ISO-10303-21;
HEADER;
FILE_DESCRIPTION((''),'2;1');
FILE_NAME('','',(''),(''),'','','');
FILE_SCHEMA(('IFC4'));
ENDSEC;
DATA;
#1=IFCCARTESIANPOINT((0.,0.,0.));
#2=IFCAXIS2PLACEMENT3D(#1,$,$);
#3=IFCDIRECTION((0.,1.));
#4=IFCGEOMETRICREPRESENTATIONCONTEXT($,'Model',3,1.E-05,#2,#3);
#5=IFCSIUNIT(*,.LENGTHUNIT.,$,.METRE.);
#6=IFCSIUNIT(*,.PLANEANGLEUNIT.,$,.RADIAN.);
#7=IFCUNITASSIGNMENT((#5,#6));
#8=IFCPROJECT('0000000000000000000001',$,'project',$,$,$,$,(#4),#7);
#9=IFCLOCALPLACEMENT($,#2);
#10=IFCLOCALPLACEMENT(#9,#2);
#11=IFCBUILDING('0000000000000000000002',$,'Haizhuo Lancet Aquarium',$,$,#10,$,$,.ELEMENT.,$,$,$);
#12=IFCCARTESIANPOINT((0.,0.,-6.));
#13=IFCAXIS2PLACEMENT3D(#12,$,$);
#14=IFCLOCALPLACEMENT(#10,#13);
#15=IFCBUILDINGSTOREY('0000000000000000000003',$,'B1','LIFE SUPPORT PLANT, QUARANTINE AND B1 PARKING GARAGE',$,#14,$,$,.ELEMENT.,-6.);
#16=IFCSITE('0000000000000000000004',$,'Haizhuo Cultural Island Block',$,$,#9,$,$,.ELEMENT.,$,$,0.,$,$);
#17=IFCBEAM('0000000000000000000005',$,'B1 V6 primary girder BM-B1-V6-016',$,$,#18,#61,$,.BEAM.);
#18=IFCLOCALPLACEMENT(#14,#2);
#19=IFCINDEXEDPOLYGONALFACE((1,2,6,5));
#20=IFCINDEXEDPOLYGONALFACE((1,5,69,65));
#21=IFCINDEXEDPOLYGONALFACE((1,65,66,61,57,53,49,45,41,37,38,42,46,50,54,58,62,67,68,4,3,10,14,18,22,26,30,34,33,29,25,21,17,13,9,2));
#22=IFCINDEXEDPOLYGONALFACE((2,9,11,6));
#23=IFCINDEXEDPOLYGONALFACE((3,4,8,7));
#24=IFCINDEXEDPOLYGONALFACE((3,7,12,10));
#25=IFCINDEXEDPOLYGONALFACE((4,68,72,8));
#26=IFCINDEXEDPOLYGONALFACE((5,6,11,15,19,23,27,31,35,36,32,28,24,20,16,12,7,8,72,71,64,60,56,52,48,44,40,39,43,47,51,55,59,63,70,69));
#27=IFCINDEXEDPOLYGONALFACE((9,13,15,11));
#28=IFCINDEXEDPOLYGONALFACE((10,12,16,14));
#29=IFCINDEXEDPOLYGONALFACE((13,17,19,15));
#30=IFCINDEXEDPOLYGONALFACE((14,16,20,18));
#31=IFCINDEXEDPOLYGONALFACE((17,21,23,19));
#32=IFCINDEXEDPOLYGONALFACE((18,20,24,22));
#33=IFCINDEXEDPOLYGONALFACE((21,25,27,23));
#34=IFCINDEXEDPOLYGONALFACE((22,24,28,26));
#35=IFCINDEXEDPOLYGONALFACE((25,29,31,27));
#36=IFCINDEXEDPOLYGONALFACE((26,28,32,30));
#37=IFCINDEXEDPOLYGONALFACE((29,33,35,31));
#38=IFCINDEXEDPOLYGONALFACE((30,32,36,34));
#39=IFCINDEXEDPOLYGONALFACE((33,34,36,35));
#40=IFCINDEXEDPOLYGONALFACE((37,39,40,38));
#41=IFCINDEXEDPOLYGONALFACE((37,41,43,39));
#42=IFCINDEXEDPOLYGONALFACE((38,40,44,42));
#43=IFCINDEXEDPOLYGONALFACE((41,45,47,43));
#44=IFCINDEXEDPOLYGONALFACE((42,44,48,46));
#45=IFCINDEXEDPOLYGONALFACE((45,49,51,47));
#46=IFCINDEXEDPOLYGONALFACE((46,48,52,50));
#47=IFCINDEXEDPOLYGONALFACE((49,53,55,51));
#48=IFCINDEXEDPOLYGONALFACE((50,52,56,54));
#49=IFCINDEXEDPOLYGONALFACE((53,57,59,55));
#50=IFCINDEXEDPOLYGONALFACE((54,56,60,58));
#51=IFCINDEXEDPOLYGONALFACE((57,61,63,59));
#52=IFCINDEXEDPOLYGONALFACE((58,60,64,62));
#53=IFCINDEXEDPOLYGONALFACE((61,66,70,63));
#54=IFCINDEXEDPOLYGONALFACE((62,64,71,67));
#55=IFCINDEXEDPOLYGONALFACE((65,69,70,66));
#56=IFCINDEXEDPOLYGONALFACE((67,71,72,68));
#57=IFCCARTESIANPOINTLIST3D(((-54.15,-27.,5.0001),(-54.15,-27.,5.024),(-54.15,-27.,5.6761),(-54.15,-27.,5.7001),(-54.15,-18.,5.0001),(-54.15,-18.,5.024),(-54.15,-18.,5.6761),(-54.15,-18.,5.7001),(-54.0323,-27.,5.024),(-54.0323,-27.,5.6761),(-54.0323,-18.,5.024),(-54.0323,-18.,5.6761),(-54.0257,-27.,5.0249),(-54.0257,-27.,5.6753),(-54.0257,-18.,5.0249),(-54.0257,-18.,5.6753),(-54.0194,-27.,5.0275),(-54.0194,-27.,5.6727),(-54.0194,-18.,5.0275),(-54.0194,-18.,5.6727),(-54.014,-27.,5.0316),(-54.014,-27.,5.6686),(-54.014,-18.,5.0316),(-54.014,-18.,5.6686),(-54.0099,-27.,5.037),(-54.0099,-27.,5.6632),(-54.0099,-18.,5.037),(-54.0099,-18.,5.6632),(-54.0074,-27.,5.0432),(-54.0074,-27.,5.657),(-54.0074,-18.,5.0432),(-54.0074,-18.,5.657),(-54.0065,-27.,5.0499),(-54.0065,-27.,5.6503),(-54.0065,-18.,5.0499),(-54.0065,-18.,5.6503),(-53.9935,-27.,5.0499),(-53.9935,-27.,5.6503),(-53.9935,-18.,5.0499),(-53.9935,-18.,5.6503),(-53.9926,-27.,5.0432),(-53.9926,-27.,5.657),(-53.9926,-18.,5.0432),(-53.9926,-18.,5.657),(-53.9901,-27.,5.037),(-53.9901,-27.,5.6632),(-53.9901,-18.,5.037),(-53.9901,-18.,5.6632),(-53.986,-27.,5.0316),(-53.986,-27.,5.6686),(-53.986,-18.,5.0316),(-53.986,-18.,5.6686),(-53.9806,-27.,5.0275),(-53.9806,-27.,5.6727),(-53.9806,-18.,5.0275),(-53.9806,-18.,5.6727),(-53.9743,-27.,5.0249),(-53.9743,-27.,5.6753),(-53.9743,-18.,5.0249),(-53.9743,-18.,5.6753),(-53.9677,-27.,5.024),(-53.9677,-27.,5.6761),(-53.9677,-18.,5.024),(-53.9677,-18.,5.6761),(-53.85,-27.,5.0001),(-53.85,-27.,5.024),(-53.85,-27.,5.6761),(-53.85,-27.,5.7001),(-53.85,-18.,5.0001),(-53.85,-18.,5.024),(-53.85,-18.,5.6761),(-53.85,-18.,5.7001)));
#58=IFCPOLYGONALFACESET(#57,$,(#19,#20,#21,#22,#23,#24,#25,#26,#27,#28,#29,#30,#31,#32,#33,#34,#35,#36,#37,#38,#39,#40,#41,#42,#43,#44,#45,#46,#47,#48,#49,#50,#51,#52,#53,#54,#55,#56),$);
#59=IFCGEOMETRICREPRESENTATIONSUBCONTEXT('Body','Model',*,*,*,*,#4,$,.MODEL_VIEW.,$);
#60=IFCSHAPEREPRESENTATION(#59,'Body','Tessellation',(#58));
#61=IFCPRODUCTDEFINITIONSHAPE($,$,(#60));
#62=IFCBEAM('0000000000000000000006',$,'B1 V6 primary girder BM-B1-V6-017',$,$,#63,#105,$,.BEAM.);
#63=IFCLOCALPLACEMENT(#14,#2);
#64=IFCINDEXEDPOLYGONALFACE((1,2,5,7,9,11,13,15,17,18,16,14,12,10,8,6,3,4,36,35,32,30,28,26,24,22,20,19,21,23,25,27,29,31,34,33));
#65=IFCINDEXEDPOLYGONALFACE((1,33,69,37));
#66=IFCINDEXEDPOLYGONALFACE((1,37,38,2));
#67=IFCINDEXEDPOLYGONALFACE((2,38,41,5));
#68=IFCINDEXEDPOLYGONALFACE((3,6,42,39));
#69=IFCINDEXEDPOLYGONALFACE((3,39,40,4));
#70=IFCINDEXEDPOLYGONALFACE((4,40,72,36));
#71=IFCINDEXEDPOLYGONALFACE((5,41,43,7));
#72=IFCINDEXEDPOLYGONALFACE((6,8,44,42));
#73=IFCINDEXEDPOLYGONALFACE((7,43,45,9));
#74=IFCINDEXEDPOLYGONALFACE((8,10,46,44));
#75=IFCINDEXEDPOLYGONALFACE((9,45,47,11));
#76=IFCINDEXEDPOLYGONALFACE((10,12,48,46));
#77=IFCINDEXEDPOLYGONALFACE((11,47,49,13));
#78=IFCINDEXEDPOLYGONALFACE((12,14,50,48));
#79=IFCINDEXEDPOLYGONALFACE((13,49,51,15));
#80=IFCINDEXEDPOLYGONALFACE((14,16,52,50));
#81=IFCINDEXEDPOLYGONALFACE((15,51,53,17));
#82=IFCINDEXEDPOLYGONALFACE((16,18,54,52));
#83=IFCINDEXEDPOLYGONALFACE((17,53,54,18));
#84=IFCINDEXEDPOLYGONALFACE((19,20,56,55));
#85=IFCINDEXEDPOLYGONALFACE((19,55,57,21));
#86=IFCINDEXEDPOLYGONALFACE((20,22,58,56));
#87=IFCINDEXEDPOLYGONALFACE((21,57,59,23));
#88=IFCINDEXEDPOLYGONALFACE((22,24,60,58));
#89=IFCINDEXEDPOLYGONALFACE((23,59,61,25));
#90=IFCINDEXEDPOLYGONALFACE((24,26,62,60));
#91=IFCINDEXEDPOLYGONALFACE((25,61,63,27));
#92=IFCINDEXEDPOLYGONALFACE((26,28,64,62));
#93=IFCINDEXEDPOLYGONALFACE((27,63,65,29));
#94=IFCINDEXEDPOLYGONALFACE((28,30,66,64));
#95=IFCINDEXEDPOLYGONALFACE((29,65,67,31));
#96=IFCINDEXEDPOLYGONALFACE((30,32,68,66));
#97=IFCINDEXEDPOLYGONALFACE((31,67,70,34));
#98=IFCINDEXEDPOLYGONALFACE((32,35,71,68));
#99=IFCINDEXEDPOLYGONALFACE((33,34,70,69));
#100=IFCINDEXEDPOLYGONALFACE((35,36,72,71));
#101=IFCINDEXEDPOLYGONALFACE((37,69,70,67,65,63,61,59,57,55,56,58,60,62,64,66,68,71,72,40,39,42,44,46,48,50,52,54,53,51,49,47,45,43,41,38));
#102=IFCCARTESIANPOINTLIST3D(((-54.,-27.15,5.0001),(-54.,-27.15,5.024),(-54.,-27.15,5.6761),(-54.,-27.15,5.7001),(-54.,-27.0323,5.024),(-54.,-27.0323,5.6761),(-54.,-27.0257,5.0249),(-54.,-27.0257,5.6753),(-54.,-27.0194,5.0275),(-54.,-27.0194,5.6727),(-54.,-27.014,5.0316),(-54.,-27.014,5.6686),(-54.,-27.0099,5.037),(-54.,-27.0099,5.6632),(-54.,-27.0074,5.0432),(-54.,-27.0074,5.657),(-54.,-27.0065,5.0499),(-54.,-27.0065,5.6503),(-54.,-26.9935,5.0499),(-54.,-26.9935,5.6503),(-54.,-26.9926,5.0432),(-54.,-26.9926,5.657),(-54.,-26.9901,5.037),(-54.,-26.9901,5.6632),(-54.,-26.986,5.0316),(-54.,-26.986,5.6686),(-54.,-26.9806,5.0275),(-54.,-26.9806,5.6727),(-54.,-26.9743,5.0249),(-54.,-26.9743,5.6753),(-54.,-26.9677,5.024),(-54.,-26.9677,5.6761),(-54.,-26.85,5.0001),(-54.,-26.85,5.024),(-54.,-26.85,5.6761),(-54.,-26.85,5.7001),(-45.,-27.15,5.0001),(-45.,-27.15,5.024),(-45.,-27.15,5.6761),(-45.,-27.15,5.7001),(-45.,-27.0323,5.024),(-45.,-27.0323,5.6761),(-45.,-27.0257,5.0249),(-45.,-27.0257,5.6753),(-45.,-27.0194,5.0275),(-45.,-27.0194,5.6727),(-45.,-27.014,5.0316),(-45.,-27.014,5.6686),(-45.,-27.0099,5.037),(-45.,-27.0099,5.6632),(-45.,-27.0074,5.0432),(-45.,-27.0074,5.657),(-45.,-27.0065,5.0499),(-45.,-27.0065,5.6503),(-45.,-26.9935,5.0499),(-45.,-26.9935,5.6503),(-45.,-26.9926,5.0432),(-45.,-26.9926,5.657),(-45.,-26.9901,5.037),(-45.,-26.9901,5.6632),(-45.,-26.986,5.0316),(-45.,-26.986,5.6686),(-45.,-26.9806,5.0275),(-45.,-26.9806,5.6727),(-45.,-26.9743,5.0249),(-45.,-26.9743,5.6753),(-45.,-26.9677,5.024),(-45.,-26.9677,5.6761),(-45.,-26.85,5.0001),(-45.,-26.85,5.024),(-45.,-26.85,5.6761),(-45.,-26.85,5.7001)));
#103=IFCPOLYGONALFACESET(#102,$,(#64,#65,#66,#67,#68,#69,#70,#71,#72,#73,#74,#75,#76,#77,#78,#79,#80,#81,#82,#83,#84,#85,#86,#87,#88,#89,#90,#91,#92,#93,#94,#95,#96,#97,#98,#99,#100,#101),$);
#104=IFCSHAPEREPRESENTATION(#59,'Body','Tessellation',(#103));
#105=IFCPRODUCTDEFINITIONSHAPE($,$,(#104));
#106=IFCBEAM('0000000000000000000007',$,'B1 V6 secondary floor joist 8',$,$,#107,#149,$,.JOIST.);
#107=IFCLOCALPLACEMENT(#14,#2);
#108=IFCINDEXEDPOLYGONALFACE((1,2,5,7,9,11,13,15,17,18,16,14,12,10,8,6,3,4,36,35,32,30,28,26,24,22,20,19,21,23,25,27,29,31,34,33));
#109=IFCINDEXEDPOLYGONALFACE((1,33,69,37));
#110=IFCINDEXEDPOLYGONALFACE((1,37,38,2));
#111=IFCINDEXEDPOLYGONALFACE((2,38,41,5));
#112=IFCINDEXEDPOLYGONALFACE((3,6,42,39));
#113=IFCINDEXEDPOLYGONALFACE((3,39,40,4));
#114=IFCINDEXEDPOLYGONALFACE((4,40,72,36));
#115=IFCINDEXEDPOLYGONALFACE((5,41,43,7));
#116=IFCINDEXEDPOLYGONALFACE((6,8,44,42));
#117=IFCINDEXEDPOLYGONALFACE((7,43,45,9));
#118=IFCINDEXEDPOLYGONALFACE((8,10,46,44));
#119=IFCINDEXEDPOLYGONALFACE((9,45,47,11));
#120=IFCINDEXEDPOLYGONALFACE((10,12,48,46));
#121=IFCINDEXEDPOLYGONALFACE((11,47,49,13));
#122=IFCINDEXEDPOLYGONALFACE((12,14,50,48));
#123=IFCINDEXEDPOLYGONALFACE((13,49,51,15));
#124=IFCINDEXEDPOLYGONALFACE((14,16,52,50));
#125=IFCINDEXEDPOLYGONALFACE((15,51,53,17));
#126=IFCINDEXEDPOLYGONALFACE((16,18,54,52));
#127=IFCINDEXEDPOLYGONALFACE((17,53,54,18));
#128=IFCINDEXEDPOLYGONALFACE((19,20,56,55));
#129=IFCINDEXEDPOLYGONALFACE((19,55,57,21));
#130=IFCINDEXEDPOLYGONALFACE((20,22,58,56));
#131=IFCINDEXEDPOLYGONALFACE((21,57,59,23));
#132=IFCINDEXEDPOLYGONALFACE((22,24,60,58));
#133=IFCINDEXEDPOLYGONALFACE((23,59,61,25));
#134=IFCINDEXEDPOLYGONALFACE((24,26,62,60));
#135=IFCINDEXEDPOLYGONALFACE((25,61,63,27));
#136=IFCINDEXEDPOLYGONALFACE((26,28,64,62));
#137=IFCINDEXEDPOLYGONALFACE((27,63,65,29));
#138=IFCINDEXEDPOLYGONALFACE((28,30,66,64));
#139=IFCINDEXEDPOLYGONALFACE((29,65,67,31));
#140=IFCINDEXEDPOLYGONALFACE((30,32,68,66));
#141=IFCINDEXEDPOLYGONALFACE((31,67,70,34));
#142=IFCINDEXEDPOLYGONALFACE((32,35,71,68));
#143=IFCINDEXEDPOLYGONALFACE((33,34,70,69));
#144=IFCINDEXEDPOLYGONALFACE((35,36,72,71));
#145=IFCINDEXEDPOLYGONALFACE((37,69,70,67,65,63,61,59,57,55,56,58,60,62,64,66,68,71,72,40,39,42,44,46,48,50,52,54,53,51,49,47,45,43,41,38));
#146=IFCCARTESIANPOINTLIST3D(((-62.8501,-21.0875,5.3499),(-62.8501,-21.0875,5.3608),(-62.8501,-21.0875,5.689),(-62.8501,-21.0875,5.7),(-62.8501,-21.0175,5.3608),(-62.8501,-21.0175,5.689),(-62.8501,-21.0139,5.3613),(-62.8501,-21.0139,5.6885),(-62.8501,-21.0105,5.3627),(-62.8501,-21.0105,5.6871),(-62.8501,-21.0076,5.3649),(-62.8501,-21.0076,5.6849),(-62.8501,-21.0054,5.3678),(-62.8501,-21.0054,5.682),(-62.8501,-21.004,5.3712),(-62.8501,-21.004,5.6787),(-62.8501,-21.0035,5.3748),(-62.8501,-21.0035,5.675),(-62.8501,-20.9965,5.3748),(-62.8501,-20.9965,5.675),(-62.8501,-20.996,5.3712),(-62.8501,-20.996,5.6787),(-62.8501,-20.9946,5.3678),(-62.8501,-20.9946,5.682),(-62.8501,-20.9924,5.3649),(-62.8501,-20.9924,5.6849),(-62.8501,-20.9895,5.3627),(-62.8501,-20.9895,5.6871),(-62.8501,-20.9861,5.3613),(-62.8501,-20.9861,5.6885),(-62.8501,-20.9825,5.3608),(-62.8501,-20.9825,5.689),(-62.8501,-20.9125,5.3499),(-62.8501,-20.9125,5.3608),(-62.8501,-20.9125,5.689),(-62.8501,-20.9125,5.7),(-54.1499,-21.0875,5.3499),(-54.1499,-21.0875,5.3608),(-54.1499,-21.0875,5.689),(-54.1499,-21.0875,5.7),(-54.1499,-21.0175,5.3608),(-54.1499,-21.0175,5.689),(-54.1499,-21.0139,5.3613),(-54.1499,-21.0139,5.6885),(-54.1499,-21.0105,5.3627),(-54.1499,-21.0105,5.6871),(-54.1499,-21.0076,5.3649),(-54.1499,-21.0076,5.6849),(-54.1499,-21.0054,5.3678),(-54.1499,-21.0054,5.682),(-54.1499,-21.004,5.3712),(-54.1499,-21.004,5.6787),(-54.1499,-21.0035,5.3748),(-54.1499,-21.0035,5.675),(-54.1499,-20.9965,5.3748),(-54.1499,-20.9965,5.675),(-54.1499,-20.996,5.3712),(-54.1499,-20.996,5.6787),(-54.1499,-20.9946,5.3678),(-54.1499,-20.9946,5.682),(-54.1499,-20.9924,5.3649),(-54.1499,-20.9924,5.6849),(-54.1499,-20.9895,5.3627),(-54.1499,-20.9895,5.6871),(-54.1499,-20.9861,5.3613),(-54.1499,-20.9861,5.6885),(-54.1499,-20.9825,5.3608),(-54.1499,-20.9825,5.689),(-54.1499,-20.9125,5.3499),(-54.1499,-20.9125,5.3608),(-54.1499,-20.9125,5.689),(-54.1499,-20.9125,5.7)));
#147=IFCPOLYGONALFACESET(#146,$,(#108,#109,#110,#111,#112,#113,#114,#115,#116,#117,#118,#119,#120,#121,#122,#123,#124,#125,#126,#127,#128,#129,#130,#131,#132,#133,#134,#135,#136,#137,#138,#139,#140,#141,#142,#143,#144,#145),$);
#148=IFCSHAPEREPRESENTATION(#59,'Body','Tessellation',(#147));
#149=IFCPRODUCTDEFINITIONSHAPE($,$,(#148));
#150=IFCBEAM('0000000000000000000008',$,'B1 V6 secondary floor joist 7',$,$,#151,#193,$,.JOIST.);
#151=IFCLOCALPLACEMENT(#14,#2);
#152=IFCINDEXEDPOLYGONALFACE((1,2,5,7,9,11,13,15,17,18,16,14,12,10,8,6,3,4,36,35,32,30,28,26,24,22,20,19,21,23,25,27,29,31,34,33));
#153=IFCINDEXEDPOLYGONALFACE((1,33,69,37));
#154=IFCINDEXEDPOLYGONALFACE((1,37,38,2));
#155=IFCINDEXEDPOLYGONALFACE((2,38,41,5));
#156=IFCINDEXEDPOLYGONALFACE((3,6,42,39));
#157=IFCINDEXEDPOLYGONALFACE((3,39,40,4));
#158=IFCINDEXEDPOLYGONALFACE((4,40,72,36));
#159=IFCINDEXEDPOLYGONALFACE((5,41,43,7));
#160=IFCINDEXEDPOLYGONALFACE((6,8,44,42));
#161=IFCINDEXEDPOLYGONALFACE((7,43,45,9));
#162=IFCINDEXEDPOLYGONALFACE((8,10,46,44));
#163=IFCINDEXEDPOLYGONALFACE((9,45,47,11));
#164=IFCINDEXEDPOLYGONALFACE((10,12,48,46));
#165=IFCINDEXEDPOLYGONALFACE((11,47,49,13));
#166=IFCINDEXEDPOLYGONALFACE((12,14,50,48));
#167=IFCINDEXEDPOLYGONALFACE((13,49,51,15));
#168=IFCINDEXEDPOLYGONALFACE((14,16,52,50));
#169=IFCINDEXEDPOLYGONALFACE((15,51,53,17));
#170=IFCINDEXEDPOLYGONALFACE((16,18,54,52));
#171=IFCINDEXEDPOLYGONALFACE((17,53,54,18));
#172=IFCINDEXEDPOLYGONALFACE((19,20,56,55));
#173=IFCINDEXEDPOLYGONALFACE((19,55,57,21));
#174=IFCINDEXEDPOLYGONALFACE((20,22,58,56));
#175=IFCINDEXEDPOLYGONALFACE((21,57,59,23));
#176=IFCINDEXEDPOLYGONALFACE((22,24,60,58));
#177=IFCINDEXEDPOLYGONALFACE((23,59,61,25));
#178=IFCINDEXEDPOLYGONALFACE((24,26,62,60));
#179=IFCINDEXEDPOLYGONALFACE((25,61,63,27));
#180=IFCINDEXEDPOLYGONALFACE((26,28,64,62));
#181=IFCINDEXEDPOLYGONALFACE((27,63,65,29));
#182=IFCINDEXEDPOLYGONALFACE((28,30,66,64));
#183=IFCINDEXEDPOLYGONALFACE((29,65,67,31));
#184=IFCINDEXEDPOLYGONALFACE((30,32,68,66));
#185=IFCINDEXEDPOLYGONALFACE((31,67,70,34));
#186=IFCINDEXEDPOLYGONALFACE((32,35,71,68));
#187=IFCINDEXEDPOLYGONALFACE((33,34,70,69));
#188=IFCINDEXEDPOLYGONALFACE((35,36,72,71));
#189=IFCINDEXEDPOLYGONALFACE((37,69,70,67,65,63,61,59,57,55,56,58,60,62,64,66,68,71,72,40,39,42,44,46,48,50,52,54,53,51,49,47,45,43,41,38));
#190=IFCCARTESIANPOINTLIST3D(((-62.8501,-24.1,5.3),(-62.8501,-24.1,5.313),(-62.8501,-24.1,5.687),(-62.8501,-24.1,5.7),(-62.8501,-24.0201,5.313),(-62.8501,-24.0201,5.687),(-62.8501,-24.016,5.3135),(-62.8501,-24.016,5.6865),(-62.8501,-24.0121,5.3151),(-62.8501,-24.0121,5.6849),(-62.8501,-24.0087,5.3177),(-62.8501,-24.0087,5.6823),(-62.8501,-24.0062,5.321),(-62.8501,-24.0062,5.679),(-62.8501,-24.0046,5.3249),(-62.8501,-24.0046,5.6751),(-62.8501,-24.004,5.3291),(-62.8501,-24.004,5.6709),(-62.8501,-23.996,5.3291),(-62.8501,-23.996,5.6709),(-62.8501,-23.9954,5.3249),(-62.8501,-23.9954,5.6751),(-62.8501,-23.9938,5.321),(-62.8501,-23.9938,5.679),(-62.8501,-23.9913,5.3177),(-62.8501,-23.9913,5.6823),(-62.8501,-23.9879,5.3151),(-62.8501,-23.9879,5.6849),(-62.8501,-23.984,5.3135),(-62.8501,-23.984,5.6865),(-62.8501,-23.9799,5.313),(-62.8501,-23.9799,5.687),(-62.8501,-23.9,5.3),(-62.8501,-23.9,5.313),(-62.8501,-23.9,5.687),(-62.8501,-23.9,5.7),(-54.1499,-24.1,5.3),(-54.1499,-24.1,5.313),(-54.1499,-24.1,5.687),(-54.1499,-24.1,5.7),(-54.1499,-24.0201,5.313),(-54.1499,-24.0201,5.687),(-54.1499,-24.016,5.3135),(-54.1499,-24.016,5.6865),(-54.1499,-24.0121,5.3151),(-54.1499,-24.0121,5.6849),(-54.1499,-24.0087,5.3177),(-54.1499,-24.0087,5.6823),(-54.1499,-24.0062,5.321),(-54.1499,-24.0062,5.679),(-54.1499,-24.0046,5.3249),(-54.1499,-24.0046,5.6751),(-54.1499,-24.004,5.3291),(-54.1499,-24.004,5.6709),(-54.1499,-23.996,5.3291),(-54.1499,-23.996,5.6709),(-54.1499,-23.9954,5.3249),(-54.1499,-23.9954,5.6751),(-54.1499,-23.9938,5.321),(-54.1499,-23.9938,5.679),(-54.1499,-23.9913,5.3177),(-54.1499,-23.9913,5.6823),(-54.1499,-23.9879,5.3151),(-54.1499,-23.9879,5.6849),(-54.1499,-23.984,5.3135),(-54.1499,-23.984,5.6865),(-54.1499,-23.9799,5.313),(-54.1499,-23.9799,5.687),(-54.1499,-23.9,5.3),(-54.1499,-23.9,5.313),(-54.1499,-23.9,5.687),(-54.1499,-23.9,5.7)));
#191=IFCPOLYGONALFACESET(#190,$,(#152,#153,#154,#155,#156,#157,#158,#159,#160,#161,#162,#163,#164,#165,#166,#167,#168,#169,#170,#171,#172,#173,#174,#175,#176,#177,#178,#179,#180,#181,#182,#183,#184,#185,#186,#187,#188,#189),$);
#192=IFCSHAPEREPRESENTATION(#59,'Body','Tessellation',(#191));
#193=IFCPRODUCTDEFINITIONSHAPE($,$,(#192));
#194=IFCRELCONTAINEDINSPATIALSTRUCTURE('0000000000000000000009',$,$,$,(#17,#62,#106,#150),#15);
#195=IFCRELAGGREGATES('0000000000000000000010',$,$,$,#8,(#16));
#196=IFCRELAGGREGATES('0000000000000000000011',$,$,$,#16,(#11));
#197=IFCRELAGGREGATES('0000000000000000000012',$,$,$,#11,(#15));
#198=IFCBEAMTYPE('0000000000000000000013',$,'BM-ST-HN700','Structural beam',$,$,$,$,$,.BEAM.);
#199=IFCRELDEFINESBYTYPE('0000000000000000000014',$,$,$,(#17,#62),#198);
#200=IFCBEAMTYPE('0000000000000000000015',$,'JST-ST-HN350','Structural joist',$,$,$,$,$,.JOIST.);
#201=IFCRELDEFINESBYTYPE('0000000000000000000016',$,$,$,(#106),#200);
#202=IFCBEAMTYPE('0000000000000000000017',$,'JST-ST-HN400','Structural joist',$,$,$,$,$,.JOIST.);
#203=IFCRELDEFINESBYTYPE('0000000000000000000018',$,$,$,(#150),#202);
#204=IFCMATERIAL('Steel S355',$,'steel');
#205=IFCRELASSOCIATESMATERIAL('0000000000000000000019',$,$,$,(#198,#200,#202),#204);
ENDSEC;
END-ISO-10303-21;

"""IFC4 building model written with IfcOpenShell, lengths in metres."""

from ifc_helpers import new_model, si_unit, direction, frame, origin, origin_2d, place, context, subcontext, project, spatial, i_section, extrude, material, material_profile, profile_set, type_object, element, save


model = new_model("IFC4")

# Units and contexts
model_context = context("Model", 3, precision=1e-05, world=origin(), true_north=direction((0.0, 1.0)))
body_context = subcontext(model_context, "Body", "Model", "MODEL_VIEW")
ifc_project = project(units=[si_unit("LENGTHUNIT", "METRE"), si_unit("PLANEANGLEUNIT", "RADIAN")], contexts=[model_context])

# Site, building, storey
site_placement = place(None, origin())
site = spatial("IfcSite", under=ifc_project, at=site_placement, Name="Haizhuo Cultural Island Block", CompositionType="ELEMENT", RefElevation=0.0)
building_placement = place(site_placement, origin())
building = spatial("IfcBuilding", under=site, at=building_placement, Name="Haizhuo Lancet Aquarium", CompositionType="ELEMENT")
storey_placement = place(building_placement, frame((0.0, 0.0, -6.0)))
storey = spatial("IfcBuildingStorey", under=building, at=storey_placement, Name="B1", Description="LIFE SUPPORT PLANT, QUARANTINE AND B1 PARKING GARAGE", CompositionType="ELEMENT", Elevation=-6.0)

# Beams
ifc_material_1 = material(Name="Steel S355", Category="steel")
ifc_material_profile_1 = material_profile(ifc_material_1, i_section(OverallWidth=0.3, OverallDepth=0.7, WebThickness=0.0129, FlangeThickness=0.0239, FilletRadius=0.0259, at=origin_2d()), Name="HN 700x300x13x24")
ifc_profile_set_1 = profile_set([ifc_material_profile_1], Name="Steel S355")
beam_type_1 = type_object("IfcBeamType", Name="BM-ST-HN700", Description="Structural beam", PredefinedType="BEAM", material=ifc_profile_set_1)
for number, where, z_axis, x_axis, name in (
    (1, (-54.0, -27.0, 5.3501), (0.0, 1.0, 0.0), (-1.0, 0.0, 0.0), "B1 V6 primary girder BM-B1-V6-016"),
    (2, (-54.0, -27.0, 5.3501), (1.0, 0.0, 0.0), (0.0, 1.0, 0.0), "B1 V6 primary girder BM-B1-V6-017"),
):
    element("IfcBeam", number, at=place(storey_placement, frame(where, z_axis=z_axis, x_axis=x_axis)), inside=storey, type_object=beam_type_1, Name=name, PredefinedType="BEAM", context=body_context, shape_type="SweptSolid", body=[
        extrude(i_section(OverallWidth=0.3, OverallDepth=0.7, WebThickness=0.0129, FlangeThickness=0.0239, FilletRadius=0.0259, at=origin_2d()), origin(), (0.0, 0.0, 1.0), 9.0),
    ])
ifc_material_profile_2 = material_profile(ifc_material_1, i_section(OverallWidth=0.175, OverallDepth=0.3501, WebThickness=0.0071, FlangeThickness=0.011, FilletRadius=0.0139, at=origin_2d()), Name="HN 350x175x7x11")
ifc_profile_set_2 = profile_set([ifc_material_profile_2], Name="Steel S355")
beam_type_2 = type_object("IfcBeamType", Name="JST-ST-HN350", Description="Structural joist", PredefinedType="JOIST", material=ifc_profile_set_2)
beam_1_placement = place(storey_placement, frame((-62.8501, -21.0, 5.5249), z_axis=(1.0, 0.0, 0.0), x_axis=(0.0, 1.0, 0.0)))
element("IfcBeam", 3, at=beam_1_placement, inside=storey, type_object=beam_type_2, Name="B1 V6 secondary floor joist 8", PredefinedType="JOIST", context=body_context, shape_type="SweptSolid", body=[
    extrude(i_section(OverallWidth=0.175, OverallDepth=0.3501, WebThickness=0.0071, FlangeThickness=0.011, FilletRadius=0.0139, at=origin_2d()), origin(), (0.0, 0.0, 1.0), 8.7002),
])
ifc_material_profile_3 = material_profile(ifc_material_1, i_section(OverallWidth=0.2, OverallDepth=0.3999, WebThickness=0.0081, FlangeThickness=0.0129, FilletRadius=0.0161, at=origin_2d()), Name="HN 400x200x8x13")
ifc_profile_set_3 = profile_set([ifc_material_profile_3], Name="Steel S355")
beam_type_3 = type_object("IfcBeamType", Name="JST-ST-HN400", Description="Structural joist", PredefinedType="JOIST", material=ifc_profile_set_3)
beam_2_placement = place(storey_placement, frame((-62.8501, -24.0, 5.5), z_axis=(1.0, 0.0, 0.0), x_axis=(0.0, 1.0, 0.0)))
element("IfcBeam", 4, at=beam_2_placement, inside=storey, type_object=beam_type_3, Name="B1 V6 secondary floor joist 7", PredefinedType="JOIST", context=body_context, shape_type="SweptSolid", body=[
    extrude(i_section(OverallWidth=0.2, OverallDepth=0.3999, WebThickness=0.0081, FlangeThickness=0.0129, FilletRadius=0.0161, at=origin_2d()), origin(), (0.0, 0.0, 1.0), 8.7002),
])

save(model, "model.ifc")
